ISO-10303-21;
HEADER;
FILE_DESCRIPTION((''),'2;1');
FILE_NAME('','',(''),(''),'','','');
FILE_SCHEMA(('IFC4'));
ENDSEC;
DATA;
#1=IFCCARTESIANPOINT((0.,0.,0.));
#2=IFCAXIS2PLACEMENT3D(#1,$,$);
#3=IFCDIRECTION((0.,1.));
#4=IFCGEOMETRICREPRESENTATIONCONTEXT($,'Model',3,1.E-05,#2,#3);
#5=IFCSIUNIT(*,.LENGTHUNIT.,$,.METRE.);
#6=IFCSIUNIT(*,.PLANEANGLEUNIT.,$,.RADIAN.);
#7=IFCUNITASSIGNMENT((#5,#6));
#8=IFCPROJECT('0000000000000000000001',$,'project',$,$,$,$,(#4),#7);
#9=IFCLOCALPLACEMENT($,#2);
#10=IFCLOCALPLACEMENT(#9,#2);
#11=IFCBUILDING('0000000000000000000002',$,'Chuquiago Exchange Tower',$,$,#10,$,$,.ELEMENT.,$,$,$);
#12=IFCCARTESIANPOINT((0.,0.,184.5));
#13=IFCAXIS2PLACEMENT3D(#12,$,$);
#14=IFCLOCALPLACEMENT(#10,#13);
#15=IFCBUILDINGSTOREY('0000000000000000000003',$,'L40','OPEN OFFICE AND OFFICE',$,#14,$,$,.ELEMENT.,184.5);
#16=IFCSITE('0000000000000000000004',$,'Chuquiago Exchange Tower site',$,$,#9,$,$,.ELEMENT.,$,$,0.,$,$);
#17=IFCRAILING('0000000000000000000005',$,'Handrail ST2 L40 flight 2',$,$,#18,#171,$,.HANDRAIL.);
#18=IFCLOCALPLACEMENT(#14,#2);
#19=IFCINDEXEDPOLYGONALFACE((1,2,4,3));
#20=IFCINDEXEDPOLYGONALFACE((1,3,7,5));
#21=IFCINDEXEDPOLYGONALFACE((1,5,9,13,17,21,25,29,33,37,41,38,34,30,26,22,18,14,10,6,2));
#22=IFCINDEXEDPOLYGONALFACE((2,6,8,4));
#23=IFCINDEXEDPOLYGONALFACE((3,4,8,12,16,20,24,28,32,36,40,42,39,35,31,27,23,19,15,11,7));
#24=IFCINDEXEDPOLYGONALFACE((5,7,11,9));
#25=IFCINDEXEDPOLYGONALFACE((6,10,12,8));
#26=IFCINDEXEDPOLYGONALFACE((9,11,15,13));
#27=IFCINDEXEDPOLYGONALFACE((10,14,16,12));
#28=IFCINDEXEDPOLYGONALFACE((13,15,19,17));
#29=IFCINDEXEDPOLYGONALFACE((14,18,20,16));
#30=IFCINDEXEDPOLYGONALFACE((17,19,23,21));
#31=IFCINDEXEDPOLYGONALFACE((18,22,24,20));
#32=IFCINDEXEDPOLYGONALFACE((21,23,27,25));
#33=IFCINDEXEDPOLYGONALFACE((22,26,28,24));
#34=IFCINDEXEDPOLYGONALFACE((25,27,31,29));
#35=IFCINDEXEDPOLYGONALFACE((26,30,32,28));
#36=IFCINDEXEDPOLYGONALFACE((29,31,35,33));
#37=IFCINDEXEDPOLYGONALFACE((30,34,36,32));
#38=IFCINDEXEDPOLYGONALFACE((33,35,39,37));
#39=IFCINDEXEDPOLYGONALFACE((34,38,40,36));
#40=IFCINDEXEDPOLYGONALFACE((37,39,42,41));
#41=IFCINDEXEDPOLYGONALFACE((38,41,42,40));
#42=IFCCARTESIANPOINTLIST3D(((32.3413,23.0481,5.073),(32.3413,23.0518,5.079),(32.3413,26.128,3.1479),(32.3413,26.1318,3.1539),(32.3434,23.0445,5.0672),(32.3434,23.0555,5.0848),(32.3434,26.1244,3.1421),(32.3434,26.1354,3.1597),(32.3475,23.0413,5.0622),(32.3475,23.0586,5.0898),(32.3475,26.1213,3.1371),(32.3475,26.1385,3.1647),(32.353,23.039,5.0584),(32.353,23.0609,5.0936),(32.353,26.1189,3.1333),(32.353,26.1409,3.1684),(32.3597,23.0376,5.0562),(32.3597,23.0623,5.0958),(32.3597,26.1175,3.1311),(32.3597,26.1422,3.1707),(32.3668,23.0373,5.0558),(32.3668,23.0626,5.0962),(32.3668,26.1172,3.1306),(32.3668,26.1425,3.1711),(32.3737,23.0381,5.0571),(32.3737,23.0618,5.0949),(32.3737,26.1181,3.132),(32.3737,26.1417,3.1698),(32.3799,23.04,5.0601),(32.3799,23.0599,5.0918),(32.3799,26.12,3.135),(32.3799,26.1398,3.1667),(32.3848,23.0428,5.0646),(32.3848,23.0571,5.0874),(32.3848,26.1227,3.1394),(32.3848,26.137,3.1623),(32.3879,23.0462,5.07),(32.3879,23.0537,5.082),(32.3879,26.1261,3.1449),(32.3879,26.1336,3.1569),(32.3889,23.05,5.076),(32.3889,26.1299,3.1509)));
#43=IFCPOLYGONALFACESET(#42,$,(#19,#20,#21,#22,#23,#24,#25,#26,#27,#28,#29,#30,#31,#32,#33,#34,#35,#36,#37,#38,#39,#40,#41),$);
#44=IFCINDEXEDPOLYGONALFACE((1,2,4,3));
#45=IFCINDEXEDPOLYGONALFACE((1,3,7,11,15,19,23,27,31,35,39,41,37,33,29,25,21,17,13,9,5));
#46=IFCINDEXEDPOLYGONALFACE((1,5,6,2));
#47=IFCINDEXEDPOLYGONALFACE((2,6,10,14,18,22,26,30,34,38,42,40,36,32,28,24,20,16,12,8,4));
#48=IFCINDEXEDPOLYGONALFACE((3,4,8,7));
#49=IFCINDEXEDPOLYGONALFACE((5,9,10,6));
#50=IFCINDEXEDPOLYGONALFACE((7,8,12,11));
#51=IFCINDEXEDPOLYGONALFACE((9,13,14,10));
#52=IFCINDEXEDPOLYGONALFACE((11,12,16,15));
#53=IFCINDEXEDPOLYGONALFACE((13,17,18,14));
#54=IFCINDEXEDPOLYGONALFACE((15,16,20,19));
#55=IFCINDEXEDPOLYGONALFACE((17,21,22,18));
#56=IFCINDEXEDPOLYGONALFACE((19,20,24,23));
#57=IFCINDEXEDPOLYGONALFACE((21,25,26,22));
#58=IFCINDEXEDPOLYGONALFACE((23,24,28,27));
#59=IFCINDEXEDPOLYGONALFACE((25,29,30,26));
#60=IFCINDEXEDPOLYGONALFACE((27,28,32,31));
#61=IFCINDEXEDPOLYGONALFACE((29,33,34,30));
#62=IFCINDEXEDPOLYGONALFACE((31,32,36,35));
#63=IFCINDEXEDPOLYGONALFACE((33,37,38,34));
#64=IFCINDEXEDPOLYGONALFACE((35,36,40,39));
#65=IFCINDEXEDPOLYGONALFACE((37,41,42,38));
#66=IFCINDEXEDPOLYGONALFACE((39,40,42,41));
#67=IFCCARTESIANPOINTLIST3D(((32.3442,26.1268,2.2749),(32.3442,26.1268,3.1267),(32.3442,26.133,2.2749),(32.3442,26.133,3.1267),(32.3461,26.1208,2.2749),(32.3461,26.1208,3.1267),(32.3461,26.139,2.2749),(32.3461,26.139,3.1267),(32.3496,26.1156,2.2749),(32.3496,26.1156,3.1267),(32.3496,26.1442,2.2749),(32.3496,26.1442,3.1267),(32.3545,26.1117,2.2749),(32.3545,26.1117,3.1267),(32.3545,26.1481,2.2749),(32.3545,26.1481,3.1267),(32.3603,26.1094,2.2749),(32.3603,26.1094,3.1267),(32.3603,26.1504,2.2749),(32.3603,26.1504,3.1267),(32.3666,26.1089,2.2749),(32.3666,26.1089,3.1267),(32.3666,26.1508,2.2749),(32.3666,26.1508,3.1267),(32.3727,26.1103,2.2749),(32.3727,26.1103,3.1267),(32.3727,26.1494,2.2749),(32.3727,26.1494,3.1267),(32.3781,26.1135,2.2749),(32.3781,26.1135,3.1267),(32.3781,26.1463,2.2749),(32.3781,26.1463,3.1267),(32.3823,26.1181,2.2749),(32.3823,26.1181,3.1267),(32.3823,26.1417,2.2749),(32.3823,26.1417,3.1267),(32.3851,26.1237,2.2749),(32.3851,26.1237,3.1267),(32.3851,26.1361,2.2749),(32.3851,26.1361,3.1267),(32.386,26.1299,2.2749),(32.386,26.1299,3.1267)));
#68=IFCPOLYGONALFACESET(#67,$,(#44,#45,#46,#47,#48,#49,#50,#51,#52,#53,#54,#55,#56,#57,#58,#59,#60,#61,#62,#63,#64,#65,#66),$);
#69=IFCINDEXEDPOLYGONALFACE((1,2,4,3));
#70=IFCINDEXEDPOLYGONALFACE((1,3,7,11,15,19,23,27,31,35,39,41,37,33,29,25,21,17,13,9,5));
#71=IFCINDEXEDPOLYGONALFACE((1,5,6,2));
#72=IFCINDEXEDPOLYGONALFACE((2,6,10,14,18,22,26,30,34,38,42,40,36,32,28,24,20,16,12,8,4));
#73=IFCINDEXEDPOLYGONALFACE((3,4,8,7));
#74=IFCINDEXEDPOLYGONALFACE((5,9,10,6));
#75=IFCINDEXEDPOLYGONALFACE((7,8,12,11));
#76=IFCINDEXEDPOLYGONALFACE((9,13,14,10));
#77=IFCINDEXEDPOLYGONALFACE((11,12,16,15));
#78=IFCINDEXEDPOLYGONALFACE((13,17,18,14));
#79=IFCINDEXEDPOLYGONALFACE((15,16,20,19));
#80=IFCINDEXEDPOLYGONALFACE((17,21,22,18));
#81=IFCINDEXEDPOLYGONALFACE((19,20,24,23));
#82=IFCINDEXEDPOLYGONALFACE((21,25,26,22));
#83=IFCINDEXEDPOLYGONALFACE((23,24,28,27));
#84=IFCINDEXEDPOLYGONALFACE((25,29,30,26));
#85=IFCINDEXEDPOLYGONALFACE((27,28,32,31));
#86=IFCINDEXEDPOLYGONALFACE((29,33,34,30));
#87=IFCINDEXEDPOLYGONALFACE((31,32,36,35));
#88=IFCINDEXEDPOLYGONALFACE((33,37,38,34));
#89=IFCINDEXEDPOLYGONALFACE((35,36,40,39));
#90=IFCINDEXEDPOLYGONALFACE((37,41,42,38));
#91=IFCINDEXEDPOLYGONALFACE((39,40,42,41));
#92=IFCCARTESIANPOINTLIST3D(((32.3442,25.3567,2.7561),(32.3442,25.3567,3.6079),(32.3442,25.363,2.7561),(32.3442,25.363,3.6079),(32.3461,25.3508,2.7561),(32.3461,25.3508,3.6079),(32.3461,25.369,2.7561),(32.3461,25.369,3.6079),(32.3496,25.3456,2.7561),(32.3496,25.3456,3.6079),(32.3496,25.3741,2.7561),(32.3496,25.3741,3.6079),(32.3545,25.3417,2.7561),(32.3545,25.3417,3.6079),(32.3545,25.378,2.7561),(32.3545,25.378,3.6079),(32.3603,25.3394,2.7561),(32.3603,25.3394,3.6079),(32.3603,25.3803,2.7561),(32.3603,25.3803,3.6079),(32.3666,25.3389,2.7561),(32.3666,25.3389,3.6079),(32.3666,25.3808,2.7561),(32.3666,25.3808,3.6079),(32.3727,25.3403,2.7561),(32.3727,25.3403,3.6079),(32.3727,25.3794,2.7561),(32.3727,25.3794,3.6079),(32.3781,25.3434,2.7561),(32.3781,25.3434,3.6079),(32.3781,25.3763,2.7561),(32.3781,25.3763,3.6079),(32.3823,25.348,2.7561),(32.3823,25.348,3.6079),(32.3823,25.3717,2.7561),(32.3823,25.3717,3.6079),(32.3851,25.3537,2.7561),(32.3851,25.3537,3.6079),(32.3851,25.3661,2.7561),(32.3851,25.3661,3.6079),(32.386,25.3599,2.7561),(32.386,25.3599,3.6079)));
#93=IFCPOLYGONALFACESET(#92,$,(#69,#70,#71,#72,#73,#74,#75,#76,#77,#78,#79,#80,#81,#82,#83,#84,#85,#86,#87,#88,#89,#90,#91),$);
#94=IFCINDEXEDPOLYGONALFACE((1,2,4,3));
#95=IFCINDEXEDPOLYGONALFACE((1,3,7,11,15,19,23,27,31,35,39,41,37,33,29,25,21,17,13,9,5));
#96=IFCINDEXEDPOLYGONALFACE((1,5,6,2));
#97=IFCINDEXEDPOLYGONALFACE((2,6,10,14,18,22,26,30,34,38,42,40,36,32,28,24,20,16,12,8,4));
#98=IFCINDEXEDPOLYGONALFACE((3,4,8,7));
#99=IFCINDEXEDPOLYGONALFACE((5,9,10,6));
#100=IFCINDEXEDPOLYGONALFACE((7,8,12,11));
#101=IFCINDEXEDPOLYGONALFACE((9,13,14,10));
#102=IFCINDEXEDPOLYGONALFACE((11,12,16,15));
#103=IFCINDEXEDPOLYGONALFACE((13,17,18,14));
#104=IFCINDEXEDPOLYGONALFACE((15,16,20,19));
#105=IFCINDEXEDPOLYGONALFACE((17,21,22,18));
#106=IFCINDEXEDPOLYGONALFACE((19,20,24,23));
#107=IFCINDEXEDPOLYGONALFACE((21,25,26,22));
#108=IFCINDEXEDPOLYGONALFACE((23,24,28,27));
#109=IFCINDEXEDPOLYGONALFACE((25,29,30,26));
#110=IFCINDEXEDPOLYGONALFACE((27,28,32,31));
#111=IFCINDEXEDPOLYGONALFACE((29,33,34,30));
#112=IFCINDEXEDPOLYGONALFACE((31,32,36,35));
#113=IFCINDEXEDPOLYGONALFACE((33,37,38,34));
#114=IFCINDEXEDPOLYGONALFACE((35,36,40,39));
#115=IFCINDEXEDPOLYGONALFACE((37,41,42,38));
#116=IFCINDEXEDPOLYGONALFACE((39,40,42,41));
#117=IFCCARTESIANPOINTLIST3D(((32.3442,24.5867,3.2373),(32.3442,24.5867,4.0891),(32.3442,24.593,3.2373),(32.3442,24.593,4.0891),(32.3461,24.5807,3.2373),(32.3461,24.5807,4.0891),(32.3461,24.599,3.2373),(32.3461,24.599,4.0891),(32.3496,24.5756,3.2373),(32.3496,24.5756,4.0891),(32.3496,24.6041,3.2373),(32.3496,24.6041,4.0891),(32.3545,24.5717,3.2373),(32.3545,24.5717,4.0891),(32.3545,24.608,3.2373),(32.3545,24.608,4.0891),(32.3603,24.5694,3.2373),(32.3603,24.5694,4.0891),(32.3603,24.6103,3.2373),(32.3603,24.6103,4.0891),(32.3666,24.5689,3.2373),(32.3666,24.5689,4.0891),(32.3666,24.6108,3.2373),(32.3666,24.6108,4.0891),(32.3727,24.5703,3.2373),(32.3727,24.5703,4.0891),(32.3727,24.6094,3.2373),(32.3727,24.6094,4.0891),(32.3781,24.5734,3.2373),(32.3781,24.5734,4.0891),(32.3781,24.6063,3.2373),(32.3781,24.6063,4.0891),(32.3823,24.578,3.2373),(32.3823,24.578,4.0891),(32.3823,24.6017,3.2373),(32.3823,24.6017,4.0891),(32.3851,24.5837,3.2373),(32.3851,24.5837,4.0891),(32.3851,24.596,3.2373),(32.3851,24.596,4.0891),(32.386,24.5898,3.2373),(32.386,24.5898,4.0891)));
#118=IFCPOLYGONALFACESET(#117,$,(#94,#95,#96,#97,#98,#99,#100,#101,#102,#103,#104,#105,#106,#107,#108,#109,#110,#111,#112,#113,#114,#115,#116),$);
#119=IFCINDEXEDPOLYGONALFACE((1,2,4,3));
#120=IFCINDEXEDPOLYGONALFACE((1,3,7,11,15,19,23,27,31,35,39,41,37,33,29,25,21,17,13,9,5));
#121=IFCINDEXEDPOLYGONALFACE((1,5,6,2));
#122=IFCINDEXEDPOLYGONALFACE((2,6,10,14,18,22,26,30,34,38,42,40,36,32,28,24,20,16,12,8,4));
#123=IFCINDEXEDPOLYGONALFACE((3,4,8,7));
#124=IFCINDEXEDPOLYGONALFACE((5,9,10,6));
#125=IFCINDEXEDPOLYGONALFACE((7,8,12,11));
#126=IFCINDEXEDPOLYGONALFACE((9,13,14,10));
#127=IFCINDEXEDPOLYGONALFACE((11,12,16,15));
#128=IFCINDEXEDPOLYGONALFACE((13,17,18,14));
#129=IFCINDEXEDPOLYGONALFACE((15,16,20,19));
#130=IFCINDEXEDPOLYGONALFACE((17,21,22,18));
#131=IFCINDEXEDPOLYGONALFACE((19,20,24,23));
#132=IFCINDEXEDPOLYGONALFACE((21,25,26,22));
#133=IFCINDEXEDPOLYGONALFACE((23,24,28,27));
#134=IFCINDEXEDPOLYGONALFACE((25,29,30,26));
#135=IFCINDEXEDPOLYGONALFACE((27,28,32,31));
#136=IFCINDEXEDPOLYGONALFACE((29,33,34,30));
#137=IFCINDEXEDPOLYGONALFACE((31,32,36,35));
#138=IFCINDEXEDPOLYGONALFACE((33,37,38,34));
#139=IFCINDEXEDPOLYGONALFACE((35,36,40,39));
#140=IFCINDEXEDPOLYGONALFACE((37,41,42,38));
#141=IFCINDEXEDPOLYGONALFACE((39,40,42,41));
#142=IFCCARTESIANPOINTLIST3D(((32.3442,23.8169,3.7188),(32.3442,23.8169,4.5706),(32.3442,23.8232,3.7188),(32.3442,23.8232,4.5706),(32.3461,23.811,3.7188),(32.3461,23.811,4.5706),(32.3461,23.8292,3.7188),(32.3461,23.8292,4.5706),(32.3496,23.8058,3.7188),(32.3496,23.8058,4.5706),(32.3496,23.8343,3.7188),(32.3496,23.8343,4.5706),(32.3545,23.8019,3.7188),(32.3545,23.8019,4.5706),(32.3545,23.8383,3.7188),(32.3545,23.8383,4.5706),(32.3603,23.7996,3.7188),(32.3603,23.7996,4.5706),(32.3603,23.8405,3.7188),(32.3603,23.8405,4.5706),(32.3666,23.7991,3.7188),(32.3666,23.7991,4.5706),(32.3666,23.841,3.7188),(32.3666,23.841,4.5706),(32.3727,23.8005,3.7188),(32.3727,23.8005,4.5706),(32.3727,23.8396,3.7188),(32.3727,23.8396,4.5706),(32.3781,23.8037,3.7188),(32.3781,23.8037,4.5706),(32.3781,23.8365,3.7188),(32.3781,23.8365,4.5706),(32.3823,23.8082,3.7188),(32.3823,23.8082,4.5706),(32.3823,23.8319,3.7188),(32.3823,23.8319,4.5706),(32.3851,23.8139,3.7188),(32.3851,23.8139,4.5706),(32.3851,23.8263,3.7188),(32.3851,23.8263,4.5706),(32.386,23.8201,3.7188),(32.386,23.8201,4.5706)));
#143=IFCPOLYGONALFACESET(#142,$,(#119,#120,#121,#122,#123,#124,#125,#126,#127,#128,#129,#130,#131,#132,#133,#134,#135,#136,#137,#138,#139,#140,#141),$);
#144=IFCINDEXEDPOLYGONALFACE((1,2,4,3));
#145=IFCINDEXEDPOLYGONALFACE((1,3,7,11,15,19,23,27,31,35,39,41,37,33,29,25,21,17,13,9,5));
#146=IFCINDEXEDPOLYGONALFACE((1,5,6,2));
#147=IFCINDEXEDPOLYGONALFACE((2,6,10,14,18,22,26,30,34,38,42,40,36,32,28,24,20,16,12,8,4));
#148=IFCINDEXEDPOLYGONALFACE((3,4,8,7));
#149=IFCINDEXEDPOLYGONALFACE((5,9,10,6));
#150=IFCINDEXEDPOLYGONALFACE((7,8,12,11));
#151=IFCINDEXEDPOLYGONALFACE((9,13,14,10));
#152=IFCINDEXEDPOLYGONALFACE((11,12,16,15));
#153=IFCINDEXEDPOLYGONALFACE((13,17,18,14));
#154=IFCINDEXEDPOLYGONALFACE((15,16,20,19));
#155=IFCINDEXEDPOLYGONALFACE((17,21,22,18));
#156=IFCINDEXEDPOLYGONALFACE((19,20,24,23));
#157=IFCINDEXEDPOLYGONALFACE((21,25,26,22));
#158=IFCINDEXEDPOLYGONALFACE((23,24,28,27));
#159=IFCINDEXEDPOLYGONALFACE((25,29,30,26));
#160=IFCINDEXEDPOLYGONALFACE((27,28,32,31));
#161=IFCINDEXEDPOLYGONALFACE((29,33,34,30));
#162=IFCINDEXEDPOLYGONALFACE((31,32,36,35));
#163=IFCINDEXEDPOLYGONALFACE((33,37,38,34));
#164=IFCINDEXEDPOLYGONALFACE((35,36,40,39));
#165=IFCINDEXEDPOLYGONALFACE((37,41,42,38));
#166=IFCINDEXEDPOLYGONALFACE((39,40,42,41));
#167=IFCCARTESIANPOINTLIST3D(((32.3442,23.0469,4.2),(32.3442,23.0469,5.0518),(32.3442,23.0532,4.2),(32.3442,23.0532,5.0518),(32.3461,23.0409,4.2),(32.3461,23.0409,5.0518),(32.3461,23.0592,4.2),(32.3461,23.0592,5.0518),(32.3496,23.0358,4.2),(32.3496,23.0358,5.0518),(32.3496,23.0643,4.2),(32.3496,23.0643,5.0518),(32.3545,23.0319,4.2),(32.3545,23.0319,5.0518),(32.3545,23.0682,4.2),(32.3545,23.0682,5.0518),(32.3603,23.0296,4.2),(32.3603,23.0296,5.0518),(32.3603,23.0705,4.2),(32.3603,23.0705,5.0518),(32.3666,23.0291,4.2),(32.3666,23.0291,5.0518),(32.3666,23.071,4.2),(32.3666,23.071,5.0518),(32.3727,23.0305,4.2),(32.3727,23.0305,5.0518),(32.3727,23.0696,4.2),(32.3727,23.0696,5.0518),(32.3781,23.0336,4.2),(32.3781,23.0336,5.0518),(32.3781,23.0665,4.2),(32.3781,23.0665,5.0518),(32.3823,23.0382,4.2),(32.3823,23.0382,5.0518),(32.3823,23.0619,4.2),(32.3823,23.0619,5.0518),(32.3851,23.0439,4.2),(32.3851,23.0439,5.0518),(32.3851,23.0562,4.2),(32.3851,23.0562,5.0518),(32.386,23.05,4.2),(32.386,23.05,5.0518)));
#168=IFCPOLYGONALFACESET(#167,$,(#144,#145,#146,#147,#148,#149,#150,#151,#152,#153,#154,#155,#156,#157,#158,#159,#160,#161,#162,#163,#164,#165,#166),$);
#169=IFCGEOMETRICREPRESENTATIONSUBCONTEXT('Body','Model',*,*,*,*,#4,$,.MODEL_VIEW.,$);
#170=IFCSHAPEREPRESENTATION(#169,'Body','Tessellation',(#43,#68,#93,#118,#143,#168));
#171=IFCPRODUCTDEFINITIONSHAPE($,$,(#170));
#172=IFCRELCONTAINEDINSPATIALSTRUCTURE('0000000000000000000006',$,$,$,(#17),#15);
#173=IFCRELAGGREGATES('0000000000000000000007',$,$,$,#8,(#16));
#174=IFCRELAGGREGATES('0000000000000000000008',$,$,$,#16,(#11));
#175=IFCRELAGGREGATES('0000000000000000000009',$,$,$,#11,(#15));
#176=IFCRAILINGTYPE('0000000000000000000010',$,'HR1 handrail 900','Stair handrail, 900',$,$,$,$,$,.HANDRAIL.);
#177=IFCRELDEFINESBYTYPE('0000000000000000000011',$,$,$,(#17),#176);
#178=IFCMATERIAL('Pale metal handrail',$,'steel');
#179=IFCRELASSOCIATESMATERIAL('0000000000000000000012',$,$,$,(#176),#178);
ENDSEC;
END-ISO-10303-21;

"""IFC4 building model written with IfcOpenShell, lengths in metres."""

from ifc_helpers import new_model, si_unit, direction, frame, origin, origin_2d, place, context, subcontext, project, spatial, circle, extrude, material, type_object, element, save


model = new_model("IFC4")

# Units and contexts
model_context = context("Model", 3, precision=1e-05, world=origin(), true_north=direction((0.0, 1.0)))
body_context = subcontext(model_context, "Body", "Model", "MODEL_VIEW")
ifc_project = project(units=[si_unit("LENGTHUNIT", "METRE"), si_unit("PLANEANGLEUNIT", "RADIAN")], contexts=[model_context])

# Site, building, storey
site_placement = place(None, origin())
site = spatial("IfcSite", under=ifc_project, at=site_placement, Name="Chuquiago Exchange Tower site", CompositionType="ELEMENT", RefElevation=0.0)
building_placement = place(site_placement, origin())
building = spatial("IfcBuilding", under=site, at=building_placement, Name="Chuquiago Exchange Tower", CompositionType="ELEMENT")
storey_placement = place(building_placement, frame((0.0, 0.0, 184.5)))
storey = spatial("IfcBuildingStorey", under=building, at=storey_placement, Name="L40", Description="OPEN OFFICE AND OFFICE", CompositionType="ELEMENT", Elevation=184.5)

# Railing
ifc_material_1 = material(Name="Pale metal handrail", Category="steel")
railing_type_1 = type_object("IfcRailingType", Name="HR1 handrail 900", Description="Stair handrail, 900", PredefinedType="HANDRAIL", material=ifc_material_1)
railing_1_placement = place(storey_placement, frame((32.365, 26.1299, 2.2749)))
element("IfcRailing", 1, at=railing_1_placement, inside=storey, type_object=railing_type_1, Name="Handrail ST2 L40 flight 2", PredefinedType="HANDRAIL", context=body_context, shape_type="SweptSolid", body=[
    extrude(circle(Radius=0.0239, at=origin_2d()), frame((0.0, 0.0, 0.876), z_axis=(0.0, -0.847979, 0.530029), x_axis=(1.0, 0.0, 0.0)), (0.0, 0.0, 1.0), 3.6321),
    extrude(circle(Radius=0.021, at=origin_2d()), origin(), (0.0, 0.0, 1.0), 0.8518),
    extrude(circle(Radius=0.021, at=origin_2d()), frame((0.0, -0.77, 0.4812)), (0.0, 0.0, 1.0), 0.8518),
    extrude(circle(Radius=0.021, at=origin_2d()), frame((0.0, -1.54, 0.9624)), (0.0, 0.0, 1.0), 0.8518),
    extrude(circle(Radius=0.021, at=origin_2d()), frame((0.0, -2.3098, 1.4438)), (0.0, 0.0, 1.0), 0.8518),
    extrude(circle(Radius=0.021, at=origin_2d()), frame((0.0, -3.0798, 1.925)), (0.0, 0.0, 1.0), 0.8518),
])

save(model, "model.ifc")
